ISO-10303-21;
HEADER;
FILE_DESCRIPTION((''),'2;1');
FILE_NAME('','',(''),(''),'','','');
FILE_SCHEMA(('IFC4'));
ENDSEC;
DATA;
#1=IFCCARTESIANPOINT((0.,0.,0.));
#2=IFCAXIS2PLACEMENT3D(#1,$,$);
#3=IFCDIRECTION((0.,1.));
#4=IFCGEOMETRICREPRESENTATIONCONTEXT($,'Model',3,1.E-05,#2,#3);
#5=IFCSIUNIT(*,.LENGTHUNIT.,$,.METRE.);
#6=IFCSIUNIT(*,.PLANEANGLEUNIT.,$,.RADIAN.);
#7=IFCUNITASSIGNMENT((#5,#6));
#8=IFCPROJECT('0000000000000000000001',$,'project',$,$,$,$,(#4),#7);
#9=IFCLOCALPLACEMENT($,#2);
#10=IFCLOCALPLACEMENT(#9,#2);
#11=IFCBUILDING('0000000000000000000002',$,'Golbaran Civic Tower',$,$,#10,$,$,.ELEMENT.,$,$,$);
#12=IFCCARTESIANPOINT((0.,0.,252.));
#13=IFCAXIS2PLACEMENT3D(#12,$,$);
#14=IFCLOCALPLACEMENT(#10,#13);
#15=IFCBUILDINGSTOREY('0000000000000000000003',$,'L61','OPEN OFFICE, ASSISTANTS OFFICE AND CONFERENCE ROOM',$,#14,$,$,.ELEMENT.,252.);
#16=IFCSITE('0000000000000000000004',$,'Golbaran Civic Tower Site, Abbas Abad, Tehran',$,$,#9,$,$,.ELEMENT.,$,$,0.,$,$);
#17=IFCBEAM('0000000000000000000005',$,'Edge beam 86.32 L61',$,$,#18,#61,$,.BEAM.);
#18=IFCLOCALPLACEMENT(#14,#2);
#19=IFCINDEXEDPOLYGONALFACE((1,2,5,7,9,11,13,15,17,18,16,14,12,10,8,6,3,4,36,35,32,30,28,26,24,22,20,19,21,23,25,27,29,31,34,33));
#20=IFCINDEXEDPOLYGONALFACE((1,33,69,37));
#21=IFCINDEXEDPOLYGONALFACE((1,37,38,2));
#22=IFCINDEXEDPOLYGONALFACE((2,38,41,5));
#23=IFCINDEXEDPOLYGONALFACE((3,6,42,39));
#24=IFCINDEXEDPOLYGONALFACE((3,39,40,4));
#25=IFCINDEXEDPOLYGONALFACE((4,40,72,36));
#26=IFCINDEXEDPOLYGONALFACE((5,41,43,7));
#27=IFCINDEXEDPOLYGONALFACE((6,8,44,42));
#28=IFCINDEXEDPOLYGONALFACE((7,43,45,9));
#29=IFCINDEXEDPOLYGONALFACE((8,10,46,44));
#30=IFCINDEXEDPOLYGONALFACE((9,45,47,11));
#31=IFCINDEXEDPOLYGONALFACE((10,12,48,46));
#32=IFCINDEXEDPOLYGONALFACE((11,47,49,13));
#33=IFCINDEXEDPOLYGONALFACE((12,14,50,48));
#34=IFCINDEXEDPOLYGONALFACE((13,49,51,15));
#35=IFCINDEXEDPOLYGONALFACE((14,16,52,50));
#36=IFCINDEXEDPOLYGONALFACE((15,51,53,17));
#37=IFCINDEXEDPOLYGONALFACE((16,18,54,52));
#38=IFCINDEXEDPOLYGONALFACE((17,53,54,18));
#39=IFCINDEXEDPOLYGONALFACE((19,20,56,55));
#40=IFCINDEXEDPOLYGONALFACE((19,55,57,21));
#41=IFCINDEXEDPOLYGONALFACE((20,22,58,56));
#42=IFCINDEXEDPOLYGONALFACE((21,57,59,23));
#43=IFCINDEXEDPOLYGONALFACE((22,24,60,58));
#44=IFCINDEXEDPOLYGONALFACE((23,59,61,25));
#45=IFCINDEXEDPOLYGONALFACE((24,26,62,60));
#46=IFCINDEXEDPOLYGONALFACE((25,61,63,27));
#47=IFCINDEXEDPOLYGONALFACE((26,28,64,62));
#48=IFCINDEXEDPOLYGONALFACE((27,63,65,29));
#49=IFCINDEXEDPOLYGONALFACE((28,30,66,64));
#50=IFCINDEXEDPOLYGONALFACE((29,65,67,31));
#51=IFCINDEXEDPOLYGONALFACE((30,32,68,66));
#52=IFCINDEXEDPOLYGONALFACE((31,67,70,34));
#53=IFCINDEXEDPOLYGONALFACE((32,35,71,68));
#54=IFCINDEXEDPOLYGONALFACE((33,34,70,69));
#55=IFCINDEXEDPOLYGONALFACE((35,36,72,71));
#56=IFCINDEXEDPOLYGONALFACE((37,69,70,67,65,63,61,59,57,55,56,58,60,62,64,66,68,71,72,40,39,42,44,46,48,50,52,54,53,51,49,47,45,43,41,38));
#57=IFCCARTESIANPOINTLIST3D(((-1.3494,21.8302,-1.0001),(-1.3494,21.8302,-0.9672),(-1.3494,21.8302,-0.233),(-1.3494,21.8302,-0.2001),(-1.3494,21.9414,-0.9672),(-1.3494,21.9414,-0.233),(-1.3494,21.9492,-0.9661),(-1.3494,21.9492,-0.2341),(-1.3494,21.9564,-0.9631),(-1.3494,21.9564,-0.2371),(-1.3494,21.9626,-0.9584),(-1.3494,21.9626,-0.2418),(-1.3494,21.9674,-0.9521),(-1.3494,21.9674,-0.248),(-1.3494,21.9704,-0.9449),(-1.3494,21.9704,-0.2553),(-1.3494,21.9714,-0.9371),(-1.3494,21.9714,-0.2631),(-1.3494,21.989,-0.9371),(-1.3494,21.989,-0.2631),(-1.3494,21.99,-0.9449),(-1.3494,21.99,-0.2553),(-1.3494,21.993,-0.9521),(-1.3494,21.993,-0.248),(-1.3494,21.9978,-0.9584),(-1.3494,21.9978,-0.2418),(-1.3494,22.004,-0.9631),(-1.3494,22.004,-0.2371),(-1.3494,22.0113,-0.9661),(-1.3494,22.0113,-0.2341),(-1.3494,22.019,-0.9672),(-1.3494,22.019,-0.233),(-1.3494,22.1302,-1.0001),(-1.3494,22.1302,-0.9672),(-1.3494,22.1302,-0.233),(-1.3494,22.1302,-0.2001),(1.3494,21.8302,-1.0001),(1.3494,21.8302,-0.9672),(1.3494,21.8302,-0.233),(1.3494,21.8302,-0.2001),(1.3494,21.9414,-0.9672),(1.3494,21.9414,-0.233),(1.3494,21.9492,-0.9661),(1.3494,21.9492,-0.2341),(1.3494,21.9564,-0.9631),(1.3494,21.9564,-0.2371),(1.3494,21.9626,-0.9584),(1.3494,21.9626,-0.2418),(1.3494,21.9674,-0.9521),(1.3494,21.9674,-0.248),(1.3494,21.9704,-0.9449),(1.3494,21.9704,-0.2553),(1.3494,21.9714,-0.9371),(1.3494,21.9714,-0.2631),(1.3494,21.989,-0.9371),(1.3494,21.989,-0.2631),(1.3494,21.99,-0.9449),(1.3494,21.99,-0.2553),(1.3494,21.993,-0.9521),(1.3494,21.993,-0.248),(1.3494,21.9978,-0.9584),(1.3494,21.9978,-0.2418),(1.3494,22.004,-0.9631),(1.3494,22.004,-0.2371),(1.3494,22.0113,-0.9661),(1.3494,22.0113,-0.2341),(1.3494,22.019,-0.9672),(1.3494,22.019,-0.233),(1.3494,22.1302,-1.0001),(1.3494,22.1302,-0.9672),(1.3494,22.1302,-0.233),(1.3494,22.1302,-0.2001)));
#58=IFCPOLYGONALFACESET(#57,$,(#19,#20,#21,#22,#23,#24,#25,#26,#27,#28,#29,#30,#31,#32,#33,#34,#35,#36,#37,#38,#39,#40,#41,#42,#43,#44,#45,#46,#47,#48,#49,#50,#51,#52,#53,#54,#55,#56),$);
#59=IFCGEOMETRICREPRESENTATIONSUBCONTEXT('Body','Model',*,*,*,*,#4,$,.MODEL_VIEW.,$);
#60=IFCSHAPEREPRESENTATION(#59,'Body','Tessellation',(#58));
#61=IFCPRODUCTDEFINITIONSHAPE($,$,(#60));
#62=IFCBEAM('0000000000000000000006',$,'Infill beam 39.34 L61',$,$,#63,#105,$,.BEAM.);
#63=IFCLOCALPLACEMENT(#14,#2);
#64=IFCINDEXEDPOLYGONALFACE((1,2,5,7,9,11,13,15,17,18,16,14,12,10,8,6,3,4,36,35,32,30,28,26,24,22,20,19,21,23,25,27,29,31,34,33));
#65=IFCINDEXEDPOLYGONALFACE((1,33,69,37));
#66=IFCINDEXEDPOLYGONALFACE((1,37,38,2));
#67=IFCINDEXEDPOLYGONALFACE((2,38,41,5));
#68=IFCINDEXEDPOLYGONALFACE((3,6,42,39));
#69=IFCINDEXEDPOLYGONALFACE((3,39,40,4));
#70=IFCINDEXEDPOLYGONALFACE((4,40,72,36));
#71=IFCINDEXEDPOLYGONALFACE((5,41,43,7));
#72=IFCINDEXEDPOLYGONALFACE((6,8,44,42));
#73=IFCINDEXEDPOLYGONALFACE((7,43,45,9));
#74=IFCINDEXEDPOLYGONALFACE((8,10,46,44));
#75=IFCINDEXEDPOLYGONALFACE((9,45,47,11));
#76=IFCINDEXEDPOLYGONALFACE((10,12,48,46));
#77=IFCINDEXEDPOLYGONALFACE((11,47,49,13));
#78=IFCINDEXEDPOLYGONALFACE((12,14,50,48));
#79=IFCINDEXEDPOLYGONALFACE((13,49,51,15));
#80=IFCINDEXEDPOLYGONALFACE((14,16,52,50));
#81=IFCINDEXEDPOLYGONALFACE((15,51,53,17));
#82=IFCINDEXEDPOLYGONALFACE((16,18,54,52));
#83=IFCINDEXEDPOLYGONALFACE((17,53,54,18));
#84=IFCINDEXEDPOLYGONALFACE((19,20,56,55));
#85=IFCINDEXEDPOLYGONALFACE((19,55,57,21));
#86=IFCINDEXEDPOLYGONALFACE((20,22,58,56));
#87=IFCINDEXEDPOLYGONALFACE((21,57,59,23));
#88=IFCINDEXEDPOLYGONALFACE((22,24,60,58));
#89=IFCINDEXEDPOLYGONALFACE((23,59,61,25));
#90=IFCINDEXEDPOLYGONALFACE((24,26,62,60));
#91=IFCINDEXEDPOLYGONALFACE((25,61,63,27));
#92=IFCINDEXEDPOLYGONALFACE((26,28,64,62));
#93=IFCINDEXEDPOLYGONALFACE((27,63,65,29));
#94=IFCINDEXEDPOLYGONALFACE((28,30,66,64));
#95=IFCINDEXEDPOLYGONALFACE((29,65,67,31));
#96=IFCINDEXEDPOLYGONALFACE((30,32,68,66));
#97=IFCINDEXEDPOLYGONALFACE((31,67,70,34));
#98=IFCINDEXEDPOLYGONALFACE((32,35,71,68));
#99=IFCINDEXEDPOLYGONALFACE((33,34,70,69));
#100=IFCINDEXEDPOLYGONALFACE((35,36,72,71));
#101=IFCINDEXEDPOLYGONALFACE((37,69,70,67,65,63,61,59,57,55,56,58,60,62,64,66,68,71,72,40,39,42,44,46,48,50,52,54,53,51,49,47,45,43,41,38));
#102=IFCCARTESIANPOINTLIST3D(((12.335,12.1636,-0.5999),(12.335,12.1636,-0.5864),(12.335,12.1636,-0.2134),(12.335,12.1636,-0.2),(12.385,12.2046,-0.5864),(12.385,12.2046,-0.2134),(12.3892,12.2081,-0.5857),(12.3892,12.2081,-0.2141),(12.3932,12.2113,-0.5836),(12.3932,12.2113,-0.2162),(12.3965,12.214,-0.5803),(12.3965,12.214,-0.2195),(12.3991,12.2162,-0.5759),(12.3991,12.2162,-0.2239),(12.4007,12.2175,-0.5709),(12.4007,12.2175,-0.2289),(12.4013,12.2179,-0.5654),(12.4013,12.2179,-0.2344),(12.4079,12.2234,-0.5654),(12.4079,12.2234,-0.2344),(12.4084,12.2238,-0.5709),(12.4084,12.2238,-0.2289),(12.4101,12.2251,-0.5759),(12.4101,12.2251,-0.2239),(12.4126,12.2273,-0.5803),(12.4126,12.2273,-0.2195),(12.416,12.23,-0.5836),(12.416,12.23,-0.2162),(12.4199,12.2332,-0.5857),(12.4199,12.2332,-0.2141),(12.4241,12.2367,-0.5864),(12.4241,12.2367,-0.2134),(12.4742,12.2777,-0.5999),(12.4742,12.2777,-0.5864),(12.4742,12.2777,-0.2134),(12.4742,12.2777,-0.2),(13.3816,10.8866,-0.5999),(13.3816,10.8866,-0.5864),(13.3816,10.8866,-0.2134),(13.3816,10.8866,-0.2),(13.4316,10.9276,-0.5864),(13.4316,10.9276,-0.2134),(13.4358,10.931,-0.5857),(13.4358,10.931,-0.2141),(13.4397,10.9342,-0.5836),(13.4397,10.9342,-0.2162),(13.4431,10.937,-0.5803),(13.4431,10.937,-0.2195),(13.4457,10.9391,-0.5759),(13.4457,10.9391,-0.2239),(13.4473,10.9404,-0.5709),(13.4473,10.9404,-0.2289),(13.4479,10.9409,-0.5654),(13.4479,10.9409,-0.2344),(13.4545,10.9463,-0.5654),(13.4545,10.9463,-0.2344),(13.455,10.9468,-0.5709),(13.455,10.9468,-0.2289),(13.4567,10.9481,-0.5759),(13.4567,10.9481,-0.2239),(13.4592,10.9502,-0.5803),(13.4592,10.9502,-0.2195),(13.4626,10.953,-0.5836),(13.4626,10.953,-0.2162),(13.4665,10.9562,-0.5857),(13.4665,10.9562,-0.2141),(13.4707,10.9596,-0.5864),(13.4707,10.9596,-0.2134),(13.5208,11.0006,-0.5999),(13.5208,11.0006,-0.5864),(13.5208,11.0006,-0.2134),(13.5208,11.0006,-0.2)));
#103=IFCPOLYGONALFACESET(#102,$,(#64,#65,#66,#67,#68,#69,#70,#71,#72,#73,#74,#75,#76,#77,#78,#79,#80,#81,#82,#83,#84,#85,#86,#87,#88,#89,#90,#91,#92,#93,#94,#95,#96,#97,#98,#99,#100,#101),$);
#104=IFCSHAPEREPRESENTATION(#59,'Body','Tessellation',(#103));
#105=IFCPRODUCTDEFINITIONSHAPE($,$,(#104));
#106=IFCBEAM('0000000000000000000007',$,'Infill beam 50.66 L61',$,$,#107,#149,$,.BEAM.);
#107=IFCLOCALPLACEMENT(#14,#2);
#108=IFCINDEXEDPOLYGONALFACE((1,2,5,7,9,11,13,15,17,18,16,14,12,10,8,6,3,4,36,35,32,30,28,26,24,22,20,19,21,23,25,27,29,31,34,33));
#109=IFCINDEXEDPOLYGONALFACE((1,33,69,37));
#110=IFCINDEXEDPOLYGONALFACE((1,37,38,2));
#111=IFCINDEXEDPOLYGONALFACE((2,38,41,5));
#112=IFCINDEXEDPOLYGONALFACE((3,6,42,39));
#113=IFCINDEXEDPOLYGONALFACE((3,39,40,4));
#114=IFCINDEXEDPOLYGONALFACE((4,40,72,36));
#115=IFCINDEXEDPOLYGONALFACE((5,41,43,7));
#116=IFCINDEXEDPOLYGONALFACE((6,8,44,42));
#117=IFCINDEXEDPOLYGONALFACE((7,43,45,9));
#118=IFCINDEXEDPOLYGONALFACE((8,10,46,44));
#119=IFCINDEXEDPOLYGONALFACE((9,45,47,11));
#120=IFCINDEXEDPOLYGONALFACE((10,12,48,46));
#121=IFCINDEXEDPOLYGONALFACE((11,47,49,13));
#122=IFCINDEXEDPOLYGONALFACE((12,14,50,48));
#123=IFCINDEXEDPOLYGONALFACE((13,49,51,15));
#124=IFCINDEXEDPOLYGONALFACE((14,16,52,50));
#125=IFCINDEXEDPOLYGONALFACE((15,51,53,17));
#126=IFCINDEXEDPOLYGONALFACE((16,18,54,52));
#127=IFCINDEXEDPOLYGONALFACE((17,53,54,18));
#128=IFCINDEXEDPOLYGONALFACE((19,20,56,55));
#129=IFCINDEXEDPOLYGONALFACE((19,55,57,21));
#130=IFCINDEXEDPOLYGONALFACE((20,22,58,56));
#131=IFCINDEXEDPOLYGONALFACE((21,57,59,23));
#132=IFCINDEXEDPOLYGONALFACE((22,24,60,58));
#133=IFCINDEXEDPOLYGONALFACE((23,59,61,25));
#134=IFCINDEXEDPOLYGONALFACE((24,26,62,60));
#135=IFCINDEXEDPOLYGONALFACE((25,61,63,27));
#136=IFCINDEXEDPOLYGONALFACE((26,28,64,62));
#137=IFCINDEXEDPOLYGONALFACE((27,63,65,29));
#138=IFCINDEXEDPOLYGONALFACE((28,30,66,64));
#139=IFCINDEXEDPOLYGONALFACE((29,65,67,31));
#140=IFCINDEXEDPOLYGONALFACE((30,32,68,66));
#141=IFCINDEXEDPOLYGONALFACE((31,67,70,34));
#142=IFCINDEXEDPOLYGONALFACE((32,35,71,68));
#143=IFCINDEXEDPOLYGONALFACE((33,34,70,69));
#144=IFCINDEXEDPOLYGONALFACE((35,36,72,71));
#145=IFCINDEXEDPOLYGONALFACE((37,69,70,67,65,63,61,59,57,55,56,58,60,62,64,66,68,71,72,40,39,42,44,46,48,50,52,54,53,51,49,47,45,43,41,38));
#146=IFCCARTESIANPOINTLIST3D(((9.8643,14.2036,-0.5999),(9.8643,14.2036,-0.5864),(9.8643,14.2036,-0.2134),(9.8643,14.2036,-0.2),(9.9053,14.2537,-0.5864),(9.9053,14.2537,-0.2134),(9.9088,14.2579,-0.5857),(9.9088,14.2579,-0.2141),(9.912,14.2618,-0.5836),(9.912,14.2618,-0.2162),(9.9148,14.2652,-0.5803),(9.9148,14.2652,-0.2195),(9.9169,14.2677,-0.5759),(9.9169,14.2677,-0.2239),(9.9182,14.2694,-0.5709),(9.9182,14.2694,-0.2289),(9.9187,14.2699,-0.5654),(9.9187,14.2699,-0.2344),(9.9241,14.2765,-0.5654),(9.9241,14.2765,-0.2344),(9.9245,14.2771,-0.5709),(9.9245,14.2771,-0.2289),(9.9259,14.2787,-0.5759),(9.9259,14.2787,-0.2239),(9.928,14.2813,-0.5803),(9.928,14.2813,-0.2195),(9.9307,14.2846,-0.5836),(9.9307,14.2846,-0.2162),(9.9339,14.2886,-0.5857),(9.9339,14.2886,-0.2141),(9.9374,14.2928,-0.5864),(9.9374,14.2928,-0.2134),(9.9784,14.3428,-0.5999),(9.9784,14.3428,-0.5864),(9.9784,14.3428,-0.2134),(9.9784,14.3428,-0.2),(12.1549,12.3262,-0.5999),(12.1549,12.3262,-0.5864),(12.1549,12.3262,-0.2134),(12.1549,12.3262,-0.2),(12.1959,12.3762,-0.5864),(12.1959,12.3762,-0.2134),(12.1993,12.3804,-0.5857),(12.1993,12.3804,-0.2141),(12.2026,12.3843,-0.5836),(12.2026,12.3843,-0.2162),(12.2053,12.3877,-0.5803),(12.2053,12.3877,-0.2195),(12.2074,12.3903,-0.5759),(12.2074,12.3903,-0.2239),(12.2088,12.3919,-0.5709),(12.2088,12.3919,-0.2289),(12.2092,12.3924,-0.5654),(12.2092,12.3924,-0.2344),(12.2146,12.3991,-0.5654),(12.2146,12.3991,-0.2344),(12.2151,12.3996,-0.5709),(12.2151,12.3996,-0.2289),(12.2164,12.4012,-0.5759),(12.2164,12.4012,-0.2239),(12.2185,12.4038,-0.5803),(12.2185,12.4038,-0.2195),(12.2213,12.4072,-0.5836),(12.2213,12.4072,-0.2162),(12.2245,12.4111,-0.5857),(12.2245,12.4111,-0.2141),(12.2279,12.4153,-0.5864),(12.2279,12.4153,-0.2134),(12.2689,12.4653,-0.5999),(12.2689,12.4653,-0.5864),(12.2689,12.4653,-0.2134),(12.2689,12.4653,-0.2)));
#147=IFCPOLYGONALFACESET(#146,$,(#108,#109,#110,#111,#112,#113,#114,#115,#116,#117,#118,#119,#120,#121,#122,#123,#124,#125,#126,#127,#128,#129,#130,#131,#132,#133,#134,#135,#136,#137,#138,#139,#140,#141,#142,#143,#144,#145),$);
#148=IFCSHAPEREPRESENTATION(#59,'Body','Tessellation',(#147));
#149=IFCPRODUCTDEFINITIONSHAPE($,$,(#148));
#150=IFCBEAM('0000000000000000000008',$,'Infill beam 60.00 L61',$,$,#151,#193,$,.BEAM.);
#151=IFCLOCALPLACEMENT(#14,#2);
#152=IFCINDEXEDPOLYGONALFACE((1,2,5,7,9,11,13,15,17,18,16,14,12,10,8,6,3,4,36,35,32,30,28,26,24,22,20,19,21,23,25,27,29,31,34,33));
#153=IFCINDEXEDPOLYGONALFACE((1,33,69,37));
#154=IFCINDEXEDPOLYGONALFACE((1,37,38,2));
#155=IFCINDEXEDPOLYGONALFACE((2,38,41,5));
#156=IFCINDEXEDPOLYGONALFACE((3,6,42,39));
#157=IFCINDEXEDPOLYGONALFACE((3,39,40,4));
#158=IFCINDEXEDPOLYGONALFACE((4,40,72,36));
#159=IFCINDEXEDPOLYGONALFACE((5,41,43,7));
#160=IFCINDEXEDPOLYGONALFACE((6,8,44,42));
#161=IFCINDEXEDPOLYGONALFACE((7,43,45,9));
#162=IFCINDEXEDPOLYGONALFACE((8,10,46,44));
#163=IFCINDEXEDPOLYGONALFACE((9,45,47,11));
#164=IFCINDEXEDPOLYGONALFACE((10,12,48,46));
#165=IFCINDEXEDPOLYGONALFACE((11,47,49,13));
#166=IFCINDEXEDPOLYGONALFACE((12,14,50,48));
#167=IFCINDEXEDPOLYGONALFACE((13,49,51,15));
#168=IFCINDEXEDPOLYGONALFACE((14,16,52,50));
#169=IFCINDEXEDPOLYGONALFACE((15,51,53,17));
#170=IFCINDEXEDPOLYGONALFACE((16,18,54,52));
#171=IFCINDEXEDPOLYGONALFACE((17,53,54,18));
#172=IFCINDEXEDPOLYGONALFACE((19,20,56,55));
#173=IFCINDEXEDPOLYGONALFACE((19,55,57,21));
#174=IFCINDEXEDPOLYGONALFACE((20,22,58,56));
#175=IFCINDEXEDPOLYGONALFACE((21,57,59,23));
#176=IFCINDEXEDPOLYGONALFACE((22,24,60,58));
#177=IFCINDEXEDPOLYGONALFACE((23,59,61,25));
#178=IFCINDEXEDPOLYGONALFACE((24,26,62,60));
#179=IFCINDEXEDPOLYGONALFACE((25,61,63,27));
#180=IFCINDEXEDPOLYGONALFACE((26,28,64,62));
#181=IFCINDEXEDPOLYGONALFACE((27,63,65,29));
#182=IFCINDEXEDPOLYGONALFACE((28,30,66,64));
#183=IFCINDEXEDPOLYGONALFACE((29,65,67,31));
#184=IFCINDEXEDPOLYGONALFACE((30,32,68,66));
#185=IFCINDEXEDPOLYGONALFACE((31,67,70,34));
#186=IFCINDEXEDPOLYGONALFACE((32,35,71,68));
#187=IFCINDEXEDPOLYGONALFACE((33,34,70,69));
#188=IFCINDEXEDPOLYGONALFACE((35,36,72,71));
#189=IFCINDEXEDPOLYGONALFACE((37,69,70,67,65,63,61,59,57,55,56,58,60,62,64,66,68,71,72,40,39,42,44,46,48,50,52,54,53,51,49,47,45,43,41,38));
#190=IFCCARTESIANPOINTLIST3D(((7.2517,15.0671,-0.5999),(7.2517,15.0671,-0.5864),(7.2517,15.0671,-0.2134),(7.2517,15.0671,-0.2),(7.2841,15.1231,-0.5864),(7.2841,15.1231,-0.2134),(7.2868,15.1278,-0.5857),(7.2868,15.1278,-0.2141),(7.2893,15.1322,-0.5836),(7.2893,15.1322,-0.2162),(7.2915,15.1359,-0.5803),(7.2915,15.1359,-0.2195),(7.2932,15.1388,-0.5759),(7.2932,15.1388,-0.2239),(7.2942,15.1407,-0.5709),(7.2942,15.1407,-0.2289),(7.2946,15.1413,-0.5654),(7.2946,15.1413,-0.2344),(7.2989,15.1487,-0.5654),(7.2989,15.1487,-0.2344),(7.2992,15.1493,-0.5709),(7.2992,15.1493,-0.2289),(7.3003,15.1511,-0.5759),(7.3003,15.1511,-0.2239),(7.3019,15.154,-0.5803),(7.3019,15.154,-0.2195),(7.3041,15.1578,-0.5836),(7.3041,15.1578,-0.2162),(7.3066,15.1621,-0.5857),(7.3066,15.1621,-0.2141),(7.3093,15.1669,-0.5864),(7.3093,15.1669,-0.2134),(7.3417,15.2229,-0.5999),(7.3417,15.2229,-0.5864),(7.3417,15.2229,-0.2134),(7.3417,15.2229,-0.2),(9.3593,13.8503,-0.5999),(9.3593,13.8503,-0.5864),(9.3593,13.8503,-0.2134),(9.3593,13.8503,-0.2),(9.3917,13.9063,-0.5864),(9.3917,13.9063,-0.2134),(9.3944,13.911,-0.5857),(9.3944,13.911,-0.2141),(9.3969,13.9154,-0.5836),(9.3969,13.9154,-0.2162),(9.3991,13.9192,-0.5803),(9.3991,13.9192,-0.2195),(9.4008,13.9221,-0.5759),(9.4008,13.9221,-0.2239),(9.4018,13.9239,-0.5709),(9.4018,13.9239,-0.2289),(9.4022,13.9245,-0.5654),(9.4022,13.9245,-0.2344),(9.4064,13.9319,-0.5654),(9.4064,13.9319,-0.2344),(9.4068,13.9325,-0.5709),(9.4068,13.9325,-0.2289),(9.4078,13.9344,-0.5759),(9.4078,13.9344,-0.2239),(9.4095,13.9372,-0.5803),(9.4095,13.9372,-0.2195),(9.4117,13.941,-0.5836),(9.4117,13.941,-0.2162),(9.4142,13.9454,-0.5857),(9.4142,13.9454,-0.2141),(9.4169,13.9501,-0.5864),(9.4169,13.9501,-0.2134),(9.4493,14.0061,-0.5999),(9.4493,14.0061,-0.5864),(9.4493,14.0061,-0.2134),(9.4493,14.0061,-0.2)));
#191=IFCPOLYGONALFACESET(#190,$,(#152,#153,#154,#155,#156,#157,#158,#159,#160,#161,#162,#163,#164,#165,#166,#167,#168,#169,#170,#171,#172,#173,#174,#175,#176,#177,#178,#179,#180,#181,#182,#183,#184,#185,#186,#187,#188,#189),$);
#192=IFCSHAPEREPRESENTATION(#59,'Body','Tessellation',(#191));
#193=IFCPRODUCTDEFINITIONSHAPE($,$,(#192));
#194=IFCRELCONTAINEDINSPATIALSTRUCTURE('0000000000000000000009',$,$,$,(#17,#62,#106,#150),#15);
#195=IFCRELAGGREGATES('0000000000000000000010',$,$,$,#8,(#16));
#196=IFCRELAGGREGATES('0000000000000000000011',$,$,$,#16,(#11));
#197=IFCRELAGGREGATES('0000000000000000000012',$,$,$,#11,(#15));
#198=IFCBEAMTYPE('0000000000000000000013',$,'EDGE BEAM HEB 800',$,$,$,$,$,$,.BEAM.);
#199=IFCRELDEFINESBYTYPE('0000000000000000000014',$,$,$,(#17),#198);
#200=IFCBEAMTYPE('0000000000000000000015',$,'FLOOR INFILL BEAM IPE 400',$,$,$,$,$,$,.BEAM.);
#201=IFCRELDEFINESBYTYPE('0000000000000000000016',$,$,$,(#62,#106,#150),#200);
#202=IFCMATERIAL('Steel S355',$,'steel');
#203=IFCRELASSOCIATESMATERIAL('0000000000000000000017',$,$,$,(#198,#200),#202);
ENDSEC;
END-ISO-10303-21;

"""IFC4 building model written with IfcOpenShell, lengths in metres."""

from ifc_helpers import new_model, si_unit, direction, frame, origin, origin_2d, place, context, subcontext, project, spatial, i_section, extrude, material, material_profile, profile_set, type_object, element, save


model = new_model("IFC4")

# Units and contexts
model_context = context("Model", 3, precision=1e-05, world=origin(), true_north=direction((0.0, 1.0)))
body_context = subcontext(model_context, "Body", "Model", "MODEL_VIEW")
ifc_project = project(units=[si_unit("LENGTHUNIT", "METRE"), si_unit("PLANEANGLEUNIT", "RADIAN")], contexts=[model_context])

# Site, building, storey
site_placement = place(None, origin())
site = spatial("IfcSite", under=ifc_project, at=site_placement, Name="Golbaran Civic Tower Site, Abbas Abad, Tehran", CompositionType="ELEMENT", RefElevation=0.0)
building_placement = place(site_placement, origin())
building = spatial("IfcBuilding", under=site, at=building_placement, Name="Golbaran Civic Tower", CompositionType="ELEMENT")
storey_placement = place(building_placement, frame((0.0, 0.0, 252.0)))
storey = spatial("IfcBuildingStorey", under=building, at=storey_placement, Name="L61", Description="OPEN OFFICE, ASSISTANTS OFFICE AND CONFERENCE ROOM", CompositionType="ELEMENT", Elevation=252.0)

# Beams
ifc_material_1 = material(Name="Steel S355", Category="steel")
ifc_material_profile_1 = material_profile(ifc_material_1, i_section(OverallWidth=0.3, OverallDepth=0.8, WebThickness=0.0176, FlangeThickness=0.033, FilletRadius=0.03, at=origin_2d()), Name="HEB 800")
ifc_profile_set_1 = profile_set([ifc_material_profile_1], Name="Steel S355")
beam_type_1 = type_object("IfcBeamType", Name="EDGE BEAM HEB 800", PredefinedType="BEAM", material=ifc_profile_set_1)
beam_1_placement = place(storey_placement, frame((1.3494, 21.9802, -0.6001), z_axis=(-1.0, 0.0, 0.0), x_axis=(0.0, -1.0, 0.0)))
element("IfcBeam", 1, at=beam_1_placement, inside=storey, type_object=beam_type_1, Name="Edge beam 86.32 L61", PredefinedType="BEAM", context=body_context, shape_type="SweptSolid", body=[
    extrude(i_section(OverallWidth=0.3, OverallDepth=0.8, WebThickness=0.0176, FlangeThickness=0.033, FilletRadius=0.03, at=origin_2d()), origin(), (0.0, 0.0, 1.0), 2.6987),
])
ifc_material_profile_2 = material_profile(ifc_material_1, i_section(OverallWidth=0.1799, OverallDepth=0.3999, WebThickness=0.0085, FlangeThickness=0.0134, FilletRadius=0.021, at=origin_2d()), Name="IPE 400")
ifc_profile_set_2 = profile_set([ifc_material_profile_2], Name="Steel S355")
beam_type_2 = type_object("IfcBeamType", Name="FLOOR INFILL BEAM IPE 400", PredefinedType="BEAM", material=ifc_profile_set_2)
beam_2_placement = place(storey_placement, frame((13.4512, 10.9436, -0.3999), z_axis=(-0.633866, 0.773443, 0.0), x_axis=(-0.773443, -0.633866, 0.0)))
element("IfcBeam", 2, at=beam_2_placement, inside=storey, type_object=beam_type_2, Name="Infill beam 39.34 L61", PredefinedType="BEAM", context=body_context, shape_type="SweptSolid", body=[
    extrude(i_section(OverallWidth=0.1799, OverallDepth=0.3999, WebThickness=0.0085, FlangeThickness=0.0134, FilletRadius=0.021, at=origin_2d()), origin(), (0.0, 0.0, 1.0), 1.6511),
])
beam_3_placement = place(storey_placement, frame((12.2119, 12.3958, -0.3999), z_axis=(-0.773399, 0.63392, 0.0), x_axis=(-0.63392, -0.773399, 0.0)))
element("IfcBeam", 3, at=beam_3_placement, inside=storey, type_object=beam_type_2, Name="Infill beam 50.66 L61", PredefinedType="BEAM", context=body_context, shape_type="SweptSolid", body=[
    extrude(i_section(OverallWidth=0.1799, OverallDepth=0.3999, WebThickness=0.0085, FlangeThickness=0.0134, FilletRadius=0.021, at=origin_2d()), origin(), (0.0, 0.0, 1.0), 2.9617),
])
beam_4_placement = place(storey_placement, frame((9.4043, 13.9282, -0.3999), z_axis=(-0.866037, 0.49998, 0.0), x_axis=(-0.49998, -0.866037, 0.0)))
element("IfcBeam", 4, at=beam_4_placement, inside=storey, type_object=beam_type_2, Name="Infill beam 60.00 L61", PredefinedType="BEAM", context=body_context, shape_type="SweptSolid", body=[
    extrude(i_section(OverallWidth=0.1799, OverallDepth=0.3999, WebThickness=0.0085, FlangeThickness=0.0134, FilletRadius=0.021, at=origin_2d()), origin(), (0.0, 0.0, 1.0), 2.4336),
])

save(model, "model.ifc")
